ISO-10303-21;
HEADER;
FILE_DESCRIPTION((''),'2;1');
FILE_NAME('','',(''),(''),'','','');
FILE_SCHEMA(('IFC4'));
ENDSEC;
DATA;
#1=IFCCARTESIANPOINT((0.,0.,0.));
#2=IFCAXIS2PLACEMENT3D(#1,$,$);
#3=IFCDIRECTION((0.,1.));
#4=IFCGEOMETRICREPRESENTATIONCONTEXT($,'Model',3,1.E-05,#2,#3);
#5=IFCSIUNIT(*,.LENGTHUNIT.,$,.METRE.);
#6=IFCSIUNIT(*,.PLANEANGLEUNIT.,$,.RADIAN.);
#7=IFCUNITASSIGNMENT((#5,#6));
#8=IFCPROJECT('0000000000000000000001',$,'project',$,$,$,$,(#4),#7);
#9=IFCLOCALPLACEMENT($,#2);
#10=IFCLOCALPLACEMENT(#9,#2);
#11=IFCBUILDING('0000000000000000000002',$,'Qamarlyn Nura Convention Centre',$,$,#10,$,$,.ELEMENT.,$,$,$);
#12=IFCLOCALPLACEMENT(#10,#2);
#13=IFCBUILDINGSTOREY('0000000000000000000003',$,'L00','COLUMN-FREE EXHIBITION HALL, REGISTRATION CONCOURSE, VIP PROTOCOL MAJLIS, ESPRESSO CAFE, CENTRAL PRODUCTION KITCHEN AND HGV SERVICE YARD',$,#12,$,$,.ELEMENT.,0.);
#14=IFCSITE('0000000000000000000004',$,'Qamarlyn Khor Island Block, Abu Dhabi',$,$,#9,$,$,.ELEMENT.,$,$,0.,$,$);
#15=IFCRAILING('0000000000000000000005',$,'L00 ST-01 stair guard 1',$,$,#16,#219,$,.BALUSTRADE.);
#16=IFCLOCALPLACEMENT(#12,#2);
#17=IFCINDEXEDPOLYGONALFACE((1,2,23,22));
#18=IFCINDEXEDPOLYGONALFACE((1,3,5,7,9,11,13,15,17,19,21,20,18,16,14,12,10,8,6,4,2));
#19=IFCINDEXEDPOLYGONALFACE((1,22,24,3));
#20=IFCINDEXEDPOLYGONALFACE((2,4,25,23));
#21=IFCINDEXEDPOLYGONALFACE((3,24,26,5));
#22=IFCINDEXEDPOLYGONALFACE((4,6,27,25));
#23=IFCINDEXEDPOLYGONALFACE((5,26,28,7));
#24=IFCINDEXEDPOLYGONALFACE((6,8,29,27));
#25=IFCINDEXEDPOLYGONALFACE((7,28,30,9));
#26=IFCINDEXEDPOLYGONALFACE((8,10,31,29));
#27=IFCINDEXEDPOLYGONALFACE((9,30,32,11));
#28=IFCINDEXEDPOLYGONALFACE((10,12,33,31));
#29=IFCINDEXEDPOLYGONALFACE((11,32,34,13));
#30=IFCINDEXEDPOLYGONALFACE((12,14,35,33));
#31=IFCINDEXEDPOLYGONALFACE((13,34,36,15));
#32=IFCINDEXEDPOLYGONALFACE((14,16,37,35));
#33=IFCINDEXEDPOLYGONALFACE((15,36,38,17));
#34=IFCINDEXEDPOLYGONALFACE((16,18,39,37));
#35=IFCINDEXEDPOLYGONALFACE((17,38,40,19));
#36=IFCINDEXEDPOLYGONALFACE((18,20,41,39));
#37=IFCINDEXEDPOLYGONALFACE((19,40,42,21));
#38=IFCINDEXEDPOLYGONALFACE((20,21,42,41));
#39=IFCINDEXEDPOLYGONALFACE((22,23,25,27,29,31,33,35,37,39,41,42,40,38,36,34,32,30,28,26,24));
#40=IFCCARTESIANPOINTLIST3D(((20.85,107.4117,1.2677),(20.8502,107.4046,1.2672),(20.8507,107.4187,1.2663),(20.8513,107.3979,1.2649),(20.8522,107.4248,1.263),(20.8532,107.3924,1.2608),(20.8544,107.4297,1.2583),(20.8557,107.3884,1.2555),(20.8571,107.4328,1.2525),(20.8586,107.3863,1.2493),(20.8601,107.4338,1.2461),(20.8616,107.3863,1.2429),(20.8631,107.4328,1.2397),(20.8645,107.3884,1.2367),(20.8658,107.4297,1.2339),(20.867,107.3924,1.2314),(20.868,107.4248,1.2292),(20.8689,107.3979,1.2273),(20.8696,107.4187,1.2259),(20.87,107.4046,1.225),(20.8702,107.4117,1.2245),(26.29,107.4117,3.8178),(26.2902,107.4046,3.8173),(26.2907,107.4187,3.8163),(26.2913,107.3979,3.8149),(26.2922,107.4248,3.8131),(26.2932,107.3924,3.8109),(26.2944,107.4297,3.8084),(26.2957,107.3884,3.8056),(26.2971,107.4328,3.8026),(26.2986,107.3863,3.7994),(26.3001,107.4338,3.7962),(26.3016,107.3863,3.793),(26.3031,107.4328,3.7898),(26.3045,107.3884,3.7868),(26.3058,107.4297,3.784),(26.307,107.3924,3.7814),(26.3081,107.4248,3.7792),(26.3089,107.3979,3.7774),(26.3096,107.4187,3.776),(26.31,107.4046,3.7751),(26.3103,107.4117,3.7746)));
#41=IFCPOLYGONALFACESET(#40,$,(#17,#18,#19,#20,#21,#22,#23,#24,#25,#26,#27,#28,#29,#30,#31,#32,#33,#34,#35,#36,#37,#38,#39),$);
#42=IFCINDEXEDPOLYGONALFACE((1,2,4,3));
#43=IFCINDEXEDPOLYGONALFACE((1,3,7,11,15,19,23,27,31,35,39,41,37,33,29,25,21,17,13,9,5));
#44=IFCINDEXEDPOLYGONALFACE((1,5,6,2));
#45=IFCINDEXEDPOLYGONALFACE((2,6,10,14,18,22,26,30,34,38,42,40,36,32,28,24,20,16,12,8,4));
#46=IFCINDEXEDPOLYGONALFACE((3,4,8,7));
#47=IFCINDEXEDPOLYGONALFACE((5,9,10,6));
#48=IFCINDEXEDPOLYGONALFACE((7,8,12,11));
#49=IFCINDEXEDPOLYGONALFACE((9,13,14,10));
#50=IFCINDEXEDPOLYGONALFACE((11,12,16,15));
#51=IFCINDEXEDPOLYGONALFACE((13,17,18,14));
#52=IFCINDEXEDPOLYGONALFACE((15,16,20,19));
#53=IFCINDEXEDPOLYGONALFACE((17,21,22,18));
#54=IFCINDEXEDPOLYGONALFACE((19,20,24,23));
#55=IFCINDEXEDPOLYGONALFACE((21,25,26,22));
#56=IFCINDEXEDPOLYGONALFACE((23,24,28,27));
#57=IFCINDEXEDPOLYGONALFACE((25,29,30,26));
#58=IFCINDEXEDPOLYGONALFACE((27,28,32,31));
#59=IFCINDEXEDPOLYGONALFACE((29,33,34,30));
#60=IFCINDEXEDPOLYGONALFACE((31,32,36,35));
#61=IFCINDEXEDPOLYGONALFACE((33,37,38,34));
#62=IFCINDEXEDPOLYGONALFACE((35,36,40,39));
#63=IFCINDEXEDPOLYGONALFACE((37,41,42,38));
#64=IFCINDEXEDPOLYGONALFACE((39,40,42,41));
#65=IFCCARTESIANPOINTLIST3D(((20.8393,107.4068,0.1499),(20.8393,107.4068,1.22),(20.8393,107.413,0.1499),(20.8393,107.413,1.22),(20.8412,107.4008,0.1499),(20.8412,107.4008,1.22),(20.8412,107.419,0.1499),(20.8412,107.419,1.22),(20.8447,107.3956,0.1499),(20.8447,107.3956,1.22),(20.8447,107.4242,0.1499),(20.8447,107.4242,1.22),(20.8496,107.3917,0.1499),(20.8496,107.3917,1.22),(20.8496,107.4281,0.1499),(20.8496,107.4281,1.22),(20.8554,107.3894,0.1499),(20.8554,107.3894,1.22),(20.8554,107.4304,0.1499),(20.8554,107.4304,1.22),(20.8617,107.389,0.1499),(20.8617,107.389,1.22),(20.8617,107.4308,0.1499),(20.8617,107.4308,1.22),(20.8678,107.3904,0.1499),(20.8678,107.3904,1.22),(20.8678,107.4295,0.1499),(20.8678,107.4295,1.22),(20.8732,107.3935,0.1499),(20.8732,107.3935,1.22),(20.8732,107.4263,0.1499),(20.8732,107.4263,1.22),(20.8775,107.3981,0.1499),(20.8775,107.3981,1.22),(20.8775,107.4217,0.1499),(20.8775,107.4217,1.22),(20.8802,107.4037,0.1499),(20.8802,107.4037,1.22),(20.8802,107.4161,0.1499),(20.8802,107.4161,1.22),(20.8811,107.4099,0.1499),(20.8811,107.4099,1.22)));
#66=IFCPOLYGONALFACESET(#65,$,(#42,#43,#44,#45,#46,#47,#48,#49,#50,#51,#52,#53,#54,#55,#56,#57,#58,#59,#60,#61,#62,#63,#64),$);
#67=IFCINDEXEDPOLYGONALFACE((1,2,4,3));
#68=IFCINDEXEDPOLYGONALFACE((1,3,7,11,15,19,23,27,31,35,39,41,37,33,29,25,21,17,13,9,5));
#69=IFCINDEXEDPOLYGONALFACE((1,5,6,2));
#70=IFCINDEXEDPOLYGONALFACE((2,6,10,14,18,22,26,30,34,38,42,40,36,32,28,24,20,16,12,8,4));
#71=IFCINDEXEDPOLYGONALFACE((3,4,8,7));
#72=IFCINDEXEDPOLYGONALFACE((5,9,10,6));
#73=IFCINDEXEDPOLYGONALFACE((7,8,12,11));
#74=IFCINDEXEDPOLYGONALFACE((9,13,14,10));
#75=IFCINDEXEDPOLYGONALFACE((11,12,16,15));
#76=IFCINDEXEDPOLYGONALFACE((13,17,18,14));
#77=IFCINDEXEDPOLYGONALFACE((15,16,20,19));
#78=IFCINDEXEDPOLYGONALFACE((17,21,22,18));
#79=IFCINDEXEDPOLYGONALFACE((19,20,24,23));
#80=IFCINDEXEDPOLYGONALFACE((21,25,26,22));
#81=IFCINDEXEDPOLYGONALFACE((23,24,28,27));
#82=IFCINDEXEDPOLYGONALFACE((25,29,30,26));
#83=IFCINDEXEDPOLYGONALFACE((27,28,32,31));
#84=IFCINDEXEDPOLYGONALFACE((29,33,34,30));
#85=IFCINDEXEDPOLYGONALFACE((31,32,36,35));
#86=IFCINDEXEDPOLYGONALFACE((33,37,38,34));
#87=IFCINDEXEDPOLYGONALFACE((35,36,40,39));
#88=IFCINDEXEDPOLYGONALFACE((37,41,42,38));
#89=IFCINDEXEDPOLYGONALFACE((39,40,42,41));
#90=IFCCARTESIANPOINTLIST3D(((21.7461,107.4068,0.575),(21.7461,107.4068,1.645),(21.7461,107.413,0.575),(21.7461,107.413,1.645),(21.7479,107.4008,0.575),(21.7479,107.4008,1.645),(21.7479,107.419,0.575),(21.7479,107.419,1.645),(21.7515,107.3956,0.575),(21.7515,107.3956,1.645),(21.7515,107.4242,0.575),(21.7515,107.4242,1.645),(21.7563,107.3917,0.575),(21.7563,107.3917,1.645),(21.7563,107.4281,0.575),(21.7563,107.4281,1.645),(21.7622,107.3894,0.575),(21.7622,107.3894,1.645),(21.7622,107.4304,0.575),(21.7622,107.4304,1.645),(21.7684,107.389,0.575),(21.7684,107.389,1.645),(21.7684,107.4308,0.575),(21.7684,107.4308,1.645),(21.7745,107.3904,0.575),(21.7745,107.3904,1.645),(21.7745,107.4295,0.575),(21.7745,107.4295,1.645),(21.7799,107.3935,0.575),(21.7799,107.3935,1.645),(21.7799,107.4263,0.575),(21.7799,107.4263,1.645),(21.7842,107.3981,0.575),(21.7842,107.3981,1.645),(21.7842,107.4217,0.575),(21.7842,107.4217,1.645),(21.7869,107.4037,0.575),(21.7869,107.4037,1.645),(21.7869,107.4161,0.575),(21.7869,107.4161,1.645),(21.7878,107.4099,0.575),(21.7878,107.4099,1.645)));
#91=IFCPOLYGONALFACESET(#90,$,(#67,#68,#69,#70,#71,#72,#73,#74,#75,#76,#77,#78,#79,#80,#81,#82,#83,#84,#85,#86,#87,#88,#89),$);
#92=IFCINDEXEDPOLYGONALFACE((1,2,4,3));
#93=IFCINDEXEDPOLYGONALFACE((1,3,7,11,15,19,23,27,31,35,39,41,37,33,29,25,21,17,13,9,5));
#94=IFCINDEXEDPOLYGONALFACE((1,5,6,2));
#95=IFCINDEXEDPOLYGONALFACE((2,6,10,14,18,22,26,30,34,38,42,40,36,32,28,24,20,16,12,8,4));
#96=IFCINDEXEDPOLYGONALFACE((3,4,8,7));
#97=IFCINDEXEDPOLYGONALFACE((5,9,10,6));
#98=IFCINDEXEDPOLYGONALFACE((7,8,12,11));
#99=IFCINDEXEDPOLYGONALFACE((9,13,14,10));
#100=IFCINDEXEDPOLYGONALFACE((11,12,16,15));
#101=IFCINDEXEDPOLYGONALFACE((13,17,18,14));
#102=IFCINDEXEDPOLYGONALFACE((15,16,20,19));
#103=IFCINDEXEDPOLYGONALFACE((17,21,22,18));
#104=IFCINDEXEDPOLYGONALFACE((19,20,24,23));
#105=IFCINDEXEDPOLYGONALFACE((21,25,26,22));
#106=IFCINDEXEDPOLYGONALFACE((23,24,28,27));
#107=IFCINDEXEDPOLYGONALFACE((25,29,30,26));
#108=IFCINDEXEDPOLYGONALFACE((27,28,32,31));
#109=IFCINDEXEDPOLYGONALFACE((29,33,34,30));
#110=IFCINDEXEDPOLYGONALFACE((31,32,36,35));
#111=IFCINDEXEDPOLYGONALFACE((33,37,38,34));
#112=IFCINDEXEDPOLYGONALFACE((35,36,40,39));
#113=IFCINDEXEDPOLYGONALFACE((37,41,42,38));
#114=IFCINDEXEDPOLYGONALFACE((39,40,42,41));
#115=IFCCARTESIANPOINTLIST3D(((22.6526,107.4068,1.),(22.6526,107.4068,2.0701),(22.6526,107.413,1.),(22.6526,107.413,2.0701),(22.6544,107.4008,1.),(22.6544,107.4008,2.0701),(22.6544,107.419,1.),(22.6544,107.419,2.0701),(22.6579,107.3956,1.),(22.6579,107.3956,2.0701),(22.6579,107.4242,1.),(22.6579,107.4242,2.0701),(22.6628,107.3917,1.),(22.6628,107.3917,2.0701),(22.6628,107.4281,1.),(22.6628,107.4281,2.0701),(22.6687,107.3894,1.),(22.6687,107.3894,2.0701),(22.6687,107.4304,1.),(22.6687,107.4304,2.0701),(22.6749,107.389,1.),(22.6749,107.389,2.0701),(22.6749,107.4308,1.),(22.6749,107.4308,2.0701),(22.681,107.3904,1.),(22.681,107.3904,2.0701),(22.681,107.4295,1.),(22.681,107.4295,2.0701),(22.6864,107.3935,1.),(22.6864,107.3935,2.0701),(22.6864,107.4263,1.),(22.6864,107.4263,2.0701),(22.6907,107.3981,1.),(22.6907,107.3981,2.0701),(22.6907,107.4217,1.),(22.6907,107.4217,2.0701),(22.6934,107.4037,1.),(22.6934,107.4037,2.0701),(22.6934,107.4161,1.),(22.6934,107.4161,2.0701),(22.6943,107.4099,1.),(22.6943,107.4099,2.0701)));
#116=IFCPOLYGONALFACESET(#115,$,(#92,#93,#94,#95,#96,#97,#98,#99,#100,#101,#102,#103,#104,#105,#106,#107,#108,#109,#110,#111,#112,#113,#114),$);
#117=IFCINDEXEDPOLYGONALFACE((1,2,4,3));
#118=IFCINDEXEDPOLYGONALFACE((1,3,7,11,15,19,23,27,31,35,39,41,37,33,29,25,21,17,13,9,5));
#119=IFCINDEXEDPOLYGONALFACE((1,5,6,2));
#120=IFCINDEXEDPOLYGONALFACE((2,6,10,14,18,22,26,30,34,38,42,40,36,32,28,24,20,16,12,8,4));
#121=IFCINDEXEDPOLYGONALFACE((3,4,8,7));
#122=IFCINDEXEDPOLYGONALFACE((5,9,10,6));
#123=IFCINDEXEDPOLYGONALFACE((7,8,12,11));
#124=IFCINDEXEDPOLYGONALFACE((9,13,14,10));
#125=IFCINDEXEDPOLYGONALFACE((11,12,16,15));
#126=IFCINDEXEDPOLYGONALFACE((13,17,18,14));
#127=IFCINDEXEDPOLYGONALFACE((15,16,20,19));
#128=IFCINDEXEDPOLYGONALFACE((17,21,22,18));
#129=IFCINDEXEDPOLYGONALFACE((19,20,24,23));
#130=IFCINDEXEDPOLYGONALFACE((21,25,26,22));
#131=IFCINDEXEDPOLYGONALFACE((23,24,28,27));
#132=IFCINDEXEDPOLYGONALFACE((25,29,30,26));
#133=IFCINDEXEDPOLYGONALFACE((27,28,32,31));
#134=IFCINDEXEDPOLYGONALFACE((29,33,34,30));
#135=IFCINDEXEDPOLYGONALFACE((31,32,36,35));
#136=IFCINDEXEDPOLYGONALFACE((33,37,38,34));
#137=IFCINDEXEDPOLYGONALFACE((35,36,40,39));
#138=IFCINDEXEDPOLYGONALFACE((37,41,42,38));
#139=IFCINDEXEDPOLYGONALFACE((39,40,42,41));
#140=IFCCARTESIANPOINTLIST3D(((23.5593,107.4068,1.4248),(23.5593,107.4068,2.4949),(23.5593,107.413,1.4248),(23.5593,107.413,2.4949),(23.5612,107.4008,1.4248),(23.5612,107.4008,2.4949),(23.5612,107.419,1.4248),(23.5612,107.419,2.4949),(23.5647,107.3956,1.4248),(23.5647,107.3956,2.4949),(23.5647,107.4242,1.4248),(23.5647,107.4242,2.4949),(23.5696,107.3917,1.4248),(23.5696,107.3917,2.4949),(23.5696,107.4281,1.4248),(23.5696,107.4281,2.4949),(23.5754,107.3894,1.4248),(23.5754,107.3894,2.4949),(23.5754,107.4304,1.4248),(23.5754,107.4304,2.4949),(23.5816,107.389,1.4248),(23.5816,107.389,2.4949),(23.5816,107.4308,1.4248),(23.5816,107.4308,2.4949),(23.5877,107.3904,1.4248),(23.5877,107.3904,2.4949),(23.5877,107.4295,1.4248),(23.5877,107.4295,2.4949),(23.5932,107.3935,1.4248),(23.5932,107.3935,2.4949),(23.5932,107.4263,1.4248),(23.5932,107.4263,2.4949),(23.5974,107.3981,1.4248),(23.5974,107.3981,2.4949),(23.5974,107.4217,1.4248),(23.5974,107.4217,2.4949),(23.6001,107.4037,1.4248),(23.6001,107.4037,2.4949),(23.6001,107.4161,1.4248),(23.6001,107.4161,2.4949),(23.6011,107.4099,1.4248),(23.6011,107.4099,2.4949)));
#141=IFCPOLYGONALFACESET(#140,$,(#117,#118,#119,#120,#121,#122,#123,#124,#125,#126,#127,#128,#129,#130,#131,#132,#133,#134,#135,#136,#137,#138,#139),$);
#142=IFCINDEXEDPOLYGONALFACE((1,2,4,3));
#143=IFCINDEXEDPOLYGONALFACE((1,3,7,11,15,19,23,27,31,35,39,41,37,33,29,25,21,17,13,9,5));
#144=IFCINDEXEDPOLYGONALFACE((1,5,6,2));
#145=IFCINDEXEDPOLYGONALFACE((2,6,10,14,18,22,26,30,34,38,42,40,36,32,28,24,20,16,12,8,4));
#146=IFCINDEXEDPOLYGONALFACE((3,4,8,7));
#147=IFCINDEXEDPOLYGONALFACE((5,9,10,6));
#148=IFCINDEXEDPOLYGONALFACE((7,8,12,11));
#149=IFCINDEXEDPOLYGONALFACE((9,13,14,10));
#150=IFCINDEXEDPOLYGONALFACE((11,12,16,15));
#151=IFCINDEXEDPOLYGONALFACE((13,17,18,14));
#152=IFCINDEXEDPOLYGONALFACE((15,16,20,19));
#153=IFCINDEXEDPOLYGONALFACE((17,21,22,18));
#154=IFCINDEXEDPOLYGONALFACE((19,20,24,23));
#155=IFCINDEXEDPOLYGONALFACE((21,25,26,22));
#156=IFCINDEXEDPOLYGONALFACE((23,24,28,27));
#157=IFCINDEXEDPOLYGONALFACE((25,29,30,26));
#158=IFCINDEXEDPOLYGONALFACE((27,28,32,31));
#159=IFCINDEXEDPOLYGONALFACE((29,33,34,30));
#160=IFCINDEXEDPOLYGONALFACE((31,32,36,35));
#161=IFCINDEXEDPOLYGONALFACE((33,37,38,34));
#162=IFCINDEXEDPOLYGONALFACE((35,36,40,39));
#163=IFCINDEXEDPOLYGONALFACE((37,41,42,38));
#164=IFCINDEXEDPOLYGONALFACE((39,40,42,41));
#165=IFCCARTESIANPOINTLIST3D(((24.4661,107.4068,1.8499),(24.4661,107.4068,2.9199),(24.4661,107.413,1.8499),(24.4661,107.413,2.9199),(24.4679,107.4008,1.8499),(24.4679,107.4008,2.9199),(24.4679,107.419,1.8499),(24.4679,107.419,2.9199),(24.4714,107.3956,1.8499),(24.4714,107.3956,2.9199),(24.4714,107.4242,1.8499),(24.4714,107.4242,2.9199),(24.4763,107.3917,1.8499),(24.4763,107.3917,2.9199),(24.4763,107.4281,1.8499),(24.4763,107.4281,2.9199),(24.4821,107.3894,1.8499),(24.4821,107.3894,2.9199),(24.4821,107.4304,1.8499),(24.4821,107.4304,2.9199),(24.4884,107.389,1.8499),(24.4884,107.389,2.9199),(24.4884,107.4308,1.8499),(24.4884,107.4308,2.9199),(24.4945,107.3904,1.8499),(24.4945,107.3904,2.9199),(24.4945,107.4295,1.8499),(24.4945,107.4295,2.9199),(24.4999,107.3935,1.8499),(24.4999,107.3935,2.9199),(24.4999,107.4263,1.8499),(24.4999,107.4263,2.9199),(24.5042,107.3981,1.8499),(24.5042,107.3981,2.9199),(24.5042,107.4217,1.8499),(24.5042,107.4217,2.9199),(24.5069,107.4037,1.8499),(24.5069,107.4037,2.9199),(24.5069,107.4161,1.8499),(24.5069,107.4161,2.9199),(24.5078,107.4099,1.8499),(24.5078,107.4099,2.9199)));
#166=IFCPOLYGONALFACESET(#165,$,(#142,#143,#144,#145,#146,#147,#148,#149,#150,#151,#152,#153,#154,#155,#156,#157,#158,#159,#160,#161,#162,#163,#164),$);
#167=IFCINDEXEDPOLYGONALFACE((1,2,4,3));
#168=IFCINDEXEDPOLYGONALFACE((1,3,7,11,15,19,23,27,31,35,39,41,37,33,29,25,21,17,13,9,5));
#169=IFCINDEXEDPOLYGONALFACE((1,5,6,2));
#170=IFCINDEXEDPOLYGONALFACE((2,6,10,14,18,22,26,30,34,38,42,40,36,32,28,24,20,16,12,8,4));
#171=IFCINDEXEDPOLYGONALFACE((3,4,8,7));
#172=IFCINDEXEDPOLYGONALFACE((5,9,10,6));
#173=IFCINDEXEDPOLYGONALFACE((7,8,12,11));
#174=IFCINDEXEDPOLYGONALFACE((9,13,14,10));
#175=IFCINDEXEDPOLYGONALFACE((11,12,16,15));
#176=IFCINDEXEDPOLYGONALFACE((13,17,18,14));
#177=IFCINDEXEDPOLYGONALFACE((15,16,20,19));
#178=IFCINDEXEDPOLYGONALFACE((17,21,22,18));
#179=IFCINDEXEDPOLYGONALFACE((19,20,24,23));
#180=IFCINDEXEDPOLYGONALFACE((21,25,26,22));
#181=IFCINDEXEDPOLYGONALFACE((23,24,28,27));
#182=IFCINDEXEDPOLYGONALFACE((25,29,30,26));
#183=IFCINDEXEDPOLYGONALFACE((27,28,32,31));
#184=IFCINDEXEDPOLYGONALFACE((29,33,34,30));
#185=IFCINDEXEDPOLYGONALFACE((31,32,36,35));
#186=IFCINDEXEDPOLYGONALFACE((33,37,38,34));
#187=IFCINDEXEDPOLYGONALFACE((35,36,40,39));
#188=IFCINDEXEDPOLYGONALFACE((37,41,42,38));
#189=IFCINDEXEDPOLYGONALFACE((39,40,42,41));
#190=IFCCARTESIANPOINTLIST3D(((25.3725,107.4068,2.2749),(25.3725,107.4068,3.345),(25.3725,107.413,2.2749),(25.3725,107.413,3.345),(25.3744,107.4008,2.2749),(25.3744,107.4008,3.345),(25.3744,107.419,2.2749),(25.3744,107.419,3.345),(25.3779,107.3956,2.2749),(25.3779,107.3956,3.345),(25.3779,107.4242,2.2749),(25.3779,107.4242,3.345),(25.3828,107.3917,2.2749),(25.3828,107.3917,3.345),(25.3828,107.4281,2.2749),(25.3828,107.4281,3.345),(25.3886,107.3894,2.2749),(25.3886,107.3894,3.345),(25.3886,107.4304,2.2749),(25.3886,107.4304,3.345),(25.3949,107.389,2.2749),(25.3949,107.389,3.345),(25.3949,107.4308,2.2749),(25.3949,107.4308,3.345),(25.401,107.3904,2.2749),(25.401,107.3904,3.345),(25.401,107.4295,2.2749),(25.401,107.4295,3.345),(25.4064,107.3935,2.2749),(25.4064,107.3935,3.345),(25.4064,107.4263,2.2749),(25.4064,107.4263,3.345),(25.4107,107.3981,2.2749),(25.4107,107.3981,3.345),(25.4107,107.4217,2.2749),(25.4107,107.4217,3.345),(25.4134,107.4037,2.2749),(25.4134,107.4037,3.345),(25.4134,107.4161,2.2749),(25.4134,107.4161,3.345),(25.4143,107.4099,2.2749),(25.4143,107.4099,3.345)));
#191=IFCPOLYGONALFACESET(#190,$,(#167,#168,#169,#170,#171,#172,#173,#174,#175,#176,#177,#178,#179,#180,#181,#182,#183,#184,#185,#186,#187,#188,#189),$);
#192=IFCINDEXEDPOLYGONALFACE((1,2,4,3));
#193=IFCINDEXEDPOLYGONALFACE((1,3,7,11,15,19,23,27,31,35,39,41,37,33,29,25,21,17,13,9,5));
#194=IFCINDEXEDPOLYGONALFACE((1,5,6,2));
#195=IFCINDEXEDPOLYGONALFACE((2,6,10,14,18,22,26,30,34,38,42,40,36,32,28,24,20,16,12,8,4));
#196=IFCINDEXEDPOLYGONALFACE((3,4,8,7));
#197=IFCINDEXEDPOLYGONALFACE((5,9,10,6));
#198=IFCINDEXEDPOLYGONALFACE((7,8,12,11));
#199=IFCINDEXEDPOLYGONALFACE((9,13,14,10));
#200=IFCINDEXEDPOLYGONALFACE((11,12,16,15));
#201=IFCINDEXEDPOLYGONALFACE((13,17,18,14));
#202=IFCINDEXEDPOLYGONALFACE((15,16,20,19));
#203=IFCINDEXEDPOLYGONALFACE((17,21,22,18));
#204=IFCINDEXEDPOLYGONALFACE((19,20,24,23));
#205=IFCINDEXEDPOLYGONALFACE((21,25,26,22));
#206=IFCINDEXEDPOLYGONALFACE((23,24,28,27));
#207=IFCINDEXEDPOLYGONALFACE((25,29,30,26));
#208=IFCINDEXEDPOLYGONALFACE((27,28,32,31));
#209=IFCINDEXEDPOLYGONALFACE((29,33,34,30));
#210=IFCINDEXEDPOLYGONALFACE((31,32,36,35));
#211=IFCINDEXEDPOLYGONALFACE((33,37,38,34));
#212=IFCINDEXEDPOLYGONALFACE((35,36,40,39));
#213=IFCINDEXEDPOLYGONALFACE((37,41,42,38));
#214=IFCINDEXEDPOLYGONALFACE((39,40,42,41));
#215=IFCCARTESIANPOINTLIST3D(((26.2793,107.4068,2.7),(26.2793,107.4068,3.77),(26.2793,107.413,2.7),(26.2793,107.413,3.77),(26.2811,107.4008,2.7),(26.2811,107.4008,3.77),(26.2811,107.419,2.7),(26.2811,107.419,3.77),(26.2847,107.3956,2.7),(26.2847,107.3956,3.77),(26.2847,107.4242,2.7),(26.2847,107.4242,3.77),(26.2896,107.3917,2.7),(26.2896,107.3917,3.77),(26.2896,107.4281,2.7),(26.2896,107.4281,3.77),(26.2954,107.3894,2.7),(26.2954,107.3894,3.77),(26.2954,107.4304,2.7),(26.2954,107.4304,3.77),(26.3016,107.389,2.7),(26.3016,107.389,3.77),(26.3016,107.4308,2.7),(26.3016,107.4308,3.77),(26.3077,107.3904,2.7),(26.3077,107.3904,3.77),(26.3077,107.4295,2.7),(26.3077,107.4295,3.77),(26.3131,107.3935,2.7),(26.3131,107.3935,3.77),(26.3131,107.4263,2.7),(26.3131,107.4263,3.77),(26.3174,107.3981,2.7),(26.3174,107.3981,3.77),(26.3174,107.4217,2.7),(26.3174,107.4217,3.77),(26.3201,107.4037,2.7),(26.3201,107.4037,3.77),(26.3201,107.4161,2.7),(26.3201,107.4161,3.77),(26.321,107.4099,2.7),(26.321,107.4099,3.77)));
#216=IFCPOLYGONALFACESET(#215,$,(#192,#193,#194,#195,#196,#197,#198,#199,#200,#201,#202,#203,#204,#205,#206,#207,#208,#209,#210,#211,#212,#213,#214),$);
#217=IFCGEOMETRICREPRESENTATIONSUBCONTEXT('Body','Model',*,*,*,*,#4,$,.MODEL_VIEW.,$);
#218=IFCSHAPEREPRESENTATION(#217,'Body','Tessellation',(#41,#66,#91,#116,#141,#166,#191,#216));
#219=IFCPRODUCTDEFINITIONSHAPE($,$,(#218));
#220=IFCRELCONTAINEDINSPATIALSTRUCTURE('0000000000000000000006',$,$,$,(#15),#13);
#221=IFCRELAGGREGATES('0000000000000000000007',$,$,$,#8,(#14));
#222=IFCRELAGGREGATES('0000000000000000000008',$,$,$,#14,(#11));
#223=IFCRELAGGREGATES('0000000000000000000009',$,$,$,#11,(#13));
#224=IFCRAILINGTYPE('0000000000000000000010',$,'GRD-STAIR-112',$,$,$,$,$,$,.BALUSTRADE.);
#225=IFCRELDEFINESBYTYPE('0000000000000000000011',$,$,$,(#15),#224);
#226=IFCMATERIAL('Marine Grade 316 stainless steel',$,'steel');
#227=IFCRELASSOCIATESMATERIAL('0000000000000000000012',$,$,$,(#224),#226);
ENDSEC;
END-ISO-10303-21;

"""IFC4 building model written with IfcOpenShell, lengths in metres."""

from ifc_helpers import new_model, si_unit, direction, frame, origin, origin_2d, place, context, subcontext, project, spatial, circle, extrude, material, type_object, element, save


model = new_model("IFC4")

# Units and contexts
model_context = context("Model", 3, precision=1e-05, world=origin(), true_north=direction((0.0, 1.0)))
body_context = subcontext(model_context, "Body", "Model", "MODEL_VIEW")
ifc_project = project(units=[si_unit("LENGTHUNIT", "METRE"), si_unit("PLANEANGLEUNIT", "RADIAN")], contexts=[model_context])

# Site, building, storey
site_placement = place(None, origin())
site = spatial("IfcSite", under=ifc_project, at=site_placement, Name="Qamarlyn Khor Island Block, Abu Dhabi", CompositionType="ELEMENT", RefElevation=0.0)
building_placement = place(site_placement, origin())
building = spatial("IfcBuilding", under=site, at=building_placement, Name="Qamarlyn Nura Convention Centre", CompositionType="ELEMENT")
storey_placement = place(building_placement, origin())
storey = spatial("IfcBuildingStorey", under=building, at=storey_placement, Name="L00", Description="COLUMN-FREE EXHIBITION HALL, REGISTRATION CONCOURSE, VIP PROTOCOL MAJLIS, ESPRESSO CAFE, CENTRAL PRODUCTION KITCHEN AND HGV SERVICE YARD", CompositionType="ELEMENT", Elevation=0.0)

# Railing
ifc_material_1 = material(Name="Marine Grade 316 stainless steel", Category="steel")
railing_type_1 = type_object("IfcRailingType", Name="GRD-STAIR-112", PredefinedType="BALUSTRADE", material=ifc_material_1)
railing_1_placement = place(storey_placement, frame((20.8601, 107.4099, 0.1499)))
element("IfcRailing", 1, at=railing_1_placement, inside=storey, type_object=railing_type_1, Name="L00 ST-01 stair guard 1", PredefinedType="BALUSTRADE", context=body_context, shape_type="SweptSolid", body=[
    extrude(circle(Radius=0.0239, at=origin_2d()), frame((0.0, 0.0, 1.0962), z_axis=(0.905454, 0.0, 0.424444), x_axis=(0.0, 1.0, 0.0)), (0.0, 0.0, 1.0), 6.0081),
    extrude(circle(Radius=0.021, at=origin_2d()), origin(), (0.0, 0.0, 1.0), 1.0701),
    extrude(circle(Radius=0.021, at=origin_2d()), frame((0.9067, 0.0, 0.425)), (0.0, 0.0, 1.0), 1.0701),
    extrude(circle(Radius=0.021, at=origin_2d()), frame((1.8132, 0.0, 0.8501)), (0.0, 0.0, 1.0), 1.0701),
    extrude(circle(Radius=0.021, at=origin_2d()), frame((2.72, 0.0, 1.2749)), (0.0, 0.0, 1.0), 1.0701),
    extrude(circle(Radius=0.021, at=origin_2d()), frame((3.6267, 0.0, 1.7)), (0.0, 0.0, 1.0), 1.0701),
    extrude(circle(Radius=0.021, at=origin_2d()), frame((4.5332, 0.0, 2.125)), (0.0, 0.0, 1.0), 1.0701),
    extrude(circle(Radius=0.021, at=origin_2d()), frame((5.4399, 0.0, 2.55)), (0.0, 0.0, 1.0), 1.0701),
])

save(model, "model.ifc")
